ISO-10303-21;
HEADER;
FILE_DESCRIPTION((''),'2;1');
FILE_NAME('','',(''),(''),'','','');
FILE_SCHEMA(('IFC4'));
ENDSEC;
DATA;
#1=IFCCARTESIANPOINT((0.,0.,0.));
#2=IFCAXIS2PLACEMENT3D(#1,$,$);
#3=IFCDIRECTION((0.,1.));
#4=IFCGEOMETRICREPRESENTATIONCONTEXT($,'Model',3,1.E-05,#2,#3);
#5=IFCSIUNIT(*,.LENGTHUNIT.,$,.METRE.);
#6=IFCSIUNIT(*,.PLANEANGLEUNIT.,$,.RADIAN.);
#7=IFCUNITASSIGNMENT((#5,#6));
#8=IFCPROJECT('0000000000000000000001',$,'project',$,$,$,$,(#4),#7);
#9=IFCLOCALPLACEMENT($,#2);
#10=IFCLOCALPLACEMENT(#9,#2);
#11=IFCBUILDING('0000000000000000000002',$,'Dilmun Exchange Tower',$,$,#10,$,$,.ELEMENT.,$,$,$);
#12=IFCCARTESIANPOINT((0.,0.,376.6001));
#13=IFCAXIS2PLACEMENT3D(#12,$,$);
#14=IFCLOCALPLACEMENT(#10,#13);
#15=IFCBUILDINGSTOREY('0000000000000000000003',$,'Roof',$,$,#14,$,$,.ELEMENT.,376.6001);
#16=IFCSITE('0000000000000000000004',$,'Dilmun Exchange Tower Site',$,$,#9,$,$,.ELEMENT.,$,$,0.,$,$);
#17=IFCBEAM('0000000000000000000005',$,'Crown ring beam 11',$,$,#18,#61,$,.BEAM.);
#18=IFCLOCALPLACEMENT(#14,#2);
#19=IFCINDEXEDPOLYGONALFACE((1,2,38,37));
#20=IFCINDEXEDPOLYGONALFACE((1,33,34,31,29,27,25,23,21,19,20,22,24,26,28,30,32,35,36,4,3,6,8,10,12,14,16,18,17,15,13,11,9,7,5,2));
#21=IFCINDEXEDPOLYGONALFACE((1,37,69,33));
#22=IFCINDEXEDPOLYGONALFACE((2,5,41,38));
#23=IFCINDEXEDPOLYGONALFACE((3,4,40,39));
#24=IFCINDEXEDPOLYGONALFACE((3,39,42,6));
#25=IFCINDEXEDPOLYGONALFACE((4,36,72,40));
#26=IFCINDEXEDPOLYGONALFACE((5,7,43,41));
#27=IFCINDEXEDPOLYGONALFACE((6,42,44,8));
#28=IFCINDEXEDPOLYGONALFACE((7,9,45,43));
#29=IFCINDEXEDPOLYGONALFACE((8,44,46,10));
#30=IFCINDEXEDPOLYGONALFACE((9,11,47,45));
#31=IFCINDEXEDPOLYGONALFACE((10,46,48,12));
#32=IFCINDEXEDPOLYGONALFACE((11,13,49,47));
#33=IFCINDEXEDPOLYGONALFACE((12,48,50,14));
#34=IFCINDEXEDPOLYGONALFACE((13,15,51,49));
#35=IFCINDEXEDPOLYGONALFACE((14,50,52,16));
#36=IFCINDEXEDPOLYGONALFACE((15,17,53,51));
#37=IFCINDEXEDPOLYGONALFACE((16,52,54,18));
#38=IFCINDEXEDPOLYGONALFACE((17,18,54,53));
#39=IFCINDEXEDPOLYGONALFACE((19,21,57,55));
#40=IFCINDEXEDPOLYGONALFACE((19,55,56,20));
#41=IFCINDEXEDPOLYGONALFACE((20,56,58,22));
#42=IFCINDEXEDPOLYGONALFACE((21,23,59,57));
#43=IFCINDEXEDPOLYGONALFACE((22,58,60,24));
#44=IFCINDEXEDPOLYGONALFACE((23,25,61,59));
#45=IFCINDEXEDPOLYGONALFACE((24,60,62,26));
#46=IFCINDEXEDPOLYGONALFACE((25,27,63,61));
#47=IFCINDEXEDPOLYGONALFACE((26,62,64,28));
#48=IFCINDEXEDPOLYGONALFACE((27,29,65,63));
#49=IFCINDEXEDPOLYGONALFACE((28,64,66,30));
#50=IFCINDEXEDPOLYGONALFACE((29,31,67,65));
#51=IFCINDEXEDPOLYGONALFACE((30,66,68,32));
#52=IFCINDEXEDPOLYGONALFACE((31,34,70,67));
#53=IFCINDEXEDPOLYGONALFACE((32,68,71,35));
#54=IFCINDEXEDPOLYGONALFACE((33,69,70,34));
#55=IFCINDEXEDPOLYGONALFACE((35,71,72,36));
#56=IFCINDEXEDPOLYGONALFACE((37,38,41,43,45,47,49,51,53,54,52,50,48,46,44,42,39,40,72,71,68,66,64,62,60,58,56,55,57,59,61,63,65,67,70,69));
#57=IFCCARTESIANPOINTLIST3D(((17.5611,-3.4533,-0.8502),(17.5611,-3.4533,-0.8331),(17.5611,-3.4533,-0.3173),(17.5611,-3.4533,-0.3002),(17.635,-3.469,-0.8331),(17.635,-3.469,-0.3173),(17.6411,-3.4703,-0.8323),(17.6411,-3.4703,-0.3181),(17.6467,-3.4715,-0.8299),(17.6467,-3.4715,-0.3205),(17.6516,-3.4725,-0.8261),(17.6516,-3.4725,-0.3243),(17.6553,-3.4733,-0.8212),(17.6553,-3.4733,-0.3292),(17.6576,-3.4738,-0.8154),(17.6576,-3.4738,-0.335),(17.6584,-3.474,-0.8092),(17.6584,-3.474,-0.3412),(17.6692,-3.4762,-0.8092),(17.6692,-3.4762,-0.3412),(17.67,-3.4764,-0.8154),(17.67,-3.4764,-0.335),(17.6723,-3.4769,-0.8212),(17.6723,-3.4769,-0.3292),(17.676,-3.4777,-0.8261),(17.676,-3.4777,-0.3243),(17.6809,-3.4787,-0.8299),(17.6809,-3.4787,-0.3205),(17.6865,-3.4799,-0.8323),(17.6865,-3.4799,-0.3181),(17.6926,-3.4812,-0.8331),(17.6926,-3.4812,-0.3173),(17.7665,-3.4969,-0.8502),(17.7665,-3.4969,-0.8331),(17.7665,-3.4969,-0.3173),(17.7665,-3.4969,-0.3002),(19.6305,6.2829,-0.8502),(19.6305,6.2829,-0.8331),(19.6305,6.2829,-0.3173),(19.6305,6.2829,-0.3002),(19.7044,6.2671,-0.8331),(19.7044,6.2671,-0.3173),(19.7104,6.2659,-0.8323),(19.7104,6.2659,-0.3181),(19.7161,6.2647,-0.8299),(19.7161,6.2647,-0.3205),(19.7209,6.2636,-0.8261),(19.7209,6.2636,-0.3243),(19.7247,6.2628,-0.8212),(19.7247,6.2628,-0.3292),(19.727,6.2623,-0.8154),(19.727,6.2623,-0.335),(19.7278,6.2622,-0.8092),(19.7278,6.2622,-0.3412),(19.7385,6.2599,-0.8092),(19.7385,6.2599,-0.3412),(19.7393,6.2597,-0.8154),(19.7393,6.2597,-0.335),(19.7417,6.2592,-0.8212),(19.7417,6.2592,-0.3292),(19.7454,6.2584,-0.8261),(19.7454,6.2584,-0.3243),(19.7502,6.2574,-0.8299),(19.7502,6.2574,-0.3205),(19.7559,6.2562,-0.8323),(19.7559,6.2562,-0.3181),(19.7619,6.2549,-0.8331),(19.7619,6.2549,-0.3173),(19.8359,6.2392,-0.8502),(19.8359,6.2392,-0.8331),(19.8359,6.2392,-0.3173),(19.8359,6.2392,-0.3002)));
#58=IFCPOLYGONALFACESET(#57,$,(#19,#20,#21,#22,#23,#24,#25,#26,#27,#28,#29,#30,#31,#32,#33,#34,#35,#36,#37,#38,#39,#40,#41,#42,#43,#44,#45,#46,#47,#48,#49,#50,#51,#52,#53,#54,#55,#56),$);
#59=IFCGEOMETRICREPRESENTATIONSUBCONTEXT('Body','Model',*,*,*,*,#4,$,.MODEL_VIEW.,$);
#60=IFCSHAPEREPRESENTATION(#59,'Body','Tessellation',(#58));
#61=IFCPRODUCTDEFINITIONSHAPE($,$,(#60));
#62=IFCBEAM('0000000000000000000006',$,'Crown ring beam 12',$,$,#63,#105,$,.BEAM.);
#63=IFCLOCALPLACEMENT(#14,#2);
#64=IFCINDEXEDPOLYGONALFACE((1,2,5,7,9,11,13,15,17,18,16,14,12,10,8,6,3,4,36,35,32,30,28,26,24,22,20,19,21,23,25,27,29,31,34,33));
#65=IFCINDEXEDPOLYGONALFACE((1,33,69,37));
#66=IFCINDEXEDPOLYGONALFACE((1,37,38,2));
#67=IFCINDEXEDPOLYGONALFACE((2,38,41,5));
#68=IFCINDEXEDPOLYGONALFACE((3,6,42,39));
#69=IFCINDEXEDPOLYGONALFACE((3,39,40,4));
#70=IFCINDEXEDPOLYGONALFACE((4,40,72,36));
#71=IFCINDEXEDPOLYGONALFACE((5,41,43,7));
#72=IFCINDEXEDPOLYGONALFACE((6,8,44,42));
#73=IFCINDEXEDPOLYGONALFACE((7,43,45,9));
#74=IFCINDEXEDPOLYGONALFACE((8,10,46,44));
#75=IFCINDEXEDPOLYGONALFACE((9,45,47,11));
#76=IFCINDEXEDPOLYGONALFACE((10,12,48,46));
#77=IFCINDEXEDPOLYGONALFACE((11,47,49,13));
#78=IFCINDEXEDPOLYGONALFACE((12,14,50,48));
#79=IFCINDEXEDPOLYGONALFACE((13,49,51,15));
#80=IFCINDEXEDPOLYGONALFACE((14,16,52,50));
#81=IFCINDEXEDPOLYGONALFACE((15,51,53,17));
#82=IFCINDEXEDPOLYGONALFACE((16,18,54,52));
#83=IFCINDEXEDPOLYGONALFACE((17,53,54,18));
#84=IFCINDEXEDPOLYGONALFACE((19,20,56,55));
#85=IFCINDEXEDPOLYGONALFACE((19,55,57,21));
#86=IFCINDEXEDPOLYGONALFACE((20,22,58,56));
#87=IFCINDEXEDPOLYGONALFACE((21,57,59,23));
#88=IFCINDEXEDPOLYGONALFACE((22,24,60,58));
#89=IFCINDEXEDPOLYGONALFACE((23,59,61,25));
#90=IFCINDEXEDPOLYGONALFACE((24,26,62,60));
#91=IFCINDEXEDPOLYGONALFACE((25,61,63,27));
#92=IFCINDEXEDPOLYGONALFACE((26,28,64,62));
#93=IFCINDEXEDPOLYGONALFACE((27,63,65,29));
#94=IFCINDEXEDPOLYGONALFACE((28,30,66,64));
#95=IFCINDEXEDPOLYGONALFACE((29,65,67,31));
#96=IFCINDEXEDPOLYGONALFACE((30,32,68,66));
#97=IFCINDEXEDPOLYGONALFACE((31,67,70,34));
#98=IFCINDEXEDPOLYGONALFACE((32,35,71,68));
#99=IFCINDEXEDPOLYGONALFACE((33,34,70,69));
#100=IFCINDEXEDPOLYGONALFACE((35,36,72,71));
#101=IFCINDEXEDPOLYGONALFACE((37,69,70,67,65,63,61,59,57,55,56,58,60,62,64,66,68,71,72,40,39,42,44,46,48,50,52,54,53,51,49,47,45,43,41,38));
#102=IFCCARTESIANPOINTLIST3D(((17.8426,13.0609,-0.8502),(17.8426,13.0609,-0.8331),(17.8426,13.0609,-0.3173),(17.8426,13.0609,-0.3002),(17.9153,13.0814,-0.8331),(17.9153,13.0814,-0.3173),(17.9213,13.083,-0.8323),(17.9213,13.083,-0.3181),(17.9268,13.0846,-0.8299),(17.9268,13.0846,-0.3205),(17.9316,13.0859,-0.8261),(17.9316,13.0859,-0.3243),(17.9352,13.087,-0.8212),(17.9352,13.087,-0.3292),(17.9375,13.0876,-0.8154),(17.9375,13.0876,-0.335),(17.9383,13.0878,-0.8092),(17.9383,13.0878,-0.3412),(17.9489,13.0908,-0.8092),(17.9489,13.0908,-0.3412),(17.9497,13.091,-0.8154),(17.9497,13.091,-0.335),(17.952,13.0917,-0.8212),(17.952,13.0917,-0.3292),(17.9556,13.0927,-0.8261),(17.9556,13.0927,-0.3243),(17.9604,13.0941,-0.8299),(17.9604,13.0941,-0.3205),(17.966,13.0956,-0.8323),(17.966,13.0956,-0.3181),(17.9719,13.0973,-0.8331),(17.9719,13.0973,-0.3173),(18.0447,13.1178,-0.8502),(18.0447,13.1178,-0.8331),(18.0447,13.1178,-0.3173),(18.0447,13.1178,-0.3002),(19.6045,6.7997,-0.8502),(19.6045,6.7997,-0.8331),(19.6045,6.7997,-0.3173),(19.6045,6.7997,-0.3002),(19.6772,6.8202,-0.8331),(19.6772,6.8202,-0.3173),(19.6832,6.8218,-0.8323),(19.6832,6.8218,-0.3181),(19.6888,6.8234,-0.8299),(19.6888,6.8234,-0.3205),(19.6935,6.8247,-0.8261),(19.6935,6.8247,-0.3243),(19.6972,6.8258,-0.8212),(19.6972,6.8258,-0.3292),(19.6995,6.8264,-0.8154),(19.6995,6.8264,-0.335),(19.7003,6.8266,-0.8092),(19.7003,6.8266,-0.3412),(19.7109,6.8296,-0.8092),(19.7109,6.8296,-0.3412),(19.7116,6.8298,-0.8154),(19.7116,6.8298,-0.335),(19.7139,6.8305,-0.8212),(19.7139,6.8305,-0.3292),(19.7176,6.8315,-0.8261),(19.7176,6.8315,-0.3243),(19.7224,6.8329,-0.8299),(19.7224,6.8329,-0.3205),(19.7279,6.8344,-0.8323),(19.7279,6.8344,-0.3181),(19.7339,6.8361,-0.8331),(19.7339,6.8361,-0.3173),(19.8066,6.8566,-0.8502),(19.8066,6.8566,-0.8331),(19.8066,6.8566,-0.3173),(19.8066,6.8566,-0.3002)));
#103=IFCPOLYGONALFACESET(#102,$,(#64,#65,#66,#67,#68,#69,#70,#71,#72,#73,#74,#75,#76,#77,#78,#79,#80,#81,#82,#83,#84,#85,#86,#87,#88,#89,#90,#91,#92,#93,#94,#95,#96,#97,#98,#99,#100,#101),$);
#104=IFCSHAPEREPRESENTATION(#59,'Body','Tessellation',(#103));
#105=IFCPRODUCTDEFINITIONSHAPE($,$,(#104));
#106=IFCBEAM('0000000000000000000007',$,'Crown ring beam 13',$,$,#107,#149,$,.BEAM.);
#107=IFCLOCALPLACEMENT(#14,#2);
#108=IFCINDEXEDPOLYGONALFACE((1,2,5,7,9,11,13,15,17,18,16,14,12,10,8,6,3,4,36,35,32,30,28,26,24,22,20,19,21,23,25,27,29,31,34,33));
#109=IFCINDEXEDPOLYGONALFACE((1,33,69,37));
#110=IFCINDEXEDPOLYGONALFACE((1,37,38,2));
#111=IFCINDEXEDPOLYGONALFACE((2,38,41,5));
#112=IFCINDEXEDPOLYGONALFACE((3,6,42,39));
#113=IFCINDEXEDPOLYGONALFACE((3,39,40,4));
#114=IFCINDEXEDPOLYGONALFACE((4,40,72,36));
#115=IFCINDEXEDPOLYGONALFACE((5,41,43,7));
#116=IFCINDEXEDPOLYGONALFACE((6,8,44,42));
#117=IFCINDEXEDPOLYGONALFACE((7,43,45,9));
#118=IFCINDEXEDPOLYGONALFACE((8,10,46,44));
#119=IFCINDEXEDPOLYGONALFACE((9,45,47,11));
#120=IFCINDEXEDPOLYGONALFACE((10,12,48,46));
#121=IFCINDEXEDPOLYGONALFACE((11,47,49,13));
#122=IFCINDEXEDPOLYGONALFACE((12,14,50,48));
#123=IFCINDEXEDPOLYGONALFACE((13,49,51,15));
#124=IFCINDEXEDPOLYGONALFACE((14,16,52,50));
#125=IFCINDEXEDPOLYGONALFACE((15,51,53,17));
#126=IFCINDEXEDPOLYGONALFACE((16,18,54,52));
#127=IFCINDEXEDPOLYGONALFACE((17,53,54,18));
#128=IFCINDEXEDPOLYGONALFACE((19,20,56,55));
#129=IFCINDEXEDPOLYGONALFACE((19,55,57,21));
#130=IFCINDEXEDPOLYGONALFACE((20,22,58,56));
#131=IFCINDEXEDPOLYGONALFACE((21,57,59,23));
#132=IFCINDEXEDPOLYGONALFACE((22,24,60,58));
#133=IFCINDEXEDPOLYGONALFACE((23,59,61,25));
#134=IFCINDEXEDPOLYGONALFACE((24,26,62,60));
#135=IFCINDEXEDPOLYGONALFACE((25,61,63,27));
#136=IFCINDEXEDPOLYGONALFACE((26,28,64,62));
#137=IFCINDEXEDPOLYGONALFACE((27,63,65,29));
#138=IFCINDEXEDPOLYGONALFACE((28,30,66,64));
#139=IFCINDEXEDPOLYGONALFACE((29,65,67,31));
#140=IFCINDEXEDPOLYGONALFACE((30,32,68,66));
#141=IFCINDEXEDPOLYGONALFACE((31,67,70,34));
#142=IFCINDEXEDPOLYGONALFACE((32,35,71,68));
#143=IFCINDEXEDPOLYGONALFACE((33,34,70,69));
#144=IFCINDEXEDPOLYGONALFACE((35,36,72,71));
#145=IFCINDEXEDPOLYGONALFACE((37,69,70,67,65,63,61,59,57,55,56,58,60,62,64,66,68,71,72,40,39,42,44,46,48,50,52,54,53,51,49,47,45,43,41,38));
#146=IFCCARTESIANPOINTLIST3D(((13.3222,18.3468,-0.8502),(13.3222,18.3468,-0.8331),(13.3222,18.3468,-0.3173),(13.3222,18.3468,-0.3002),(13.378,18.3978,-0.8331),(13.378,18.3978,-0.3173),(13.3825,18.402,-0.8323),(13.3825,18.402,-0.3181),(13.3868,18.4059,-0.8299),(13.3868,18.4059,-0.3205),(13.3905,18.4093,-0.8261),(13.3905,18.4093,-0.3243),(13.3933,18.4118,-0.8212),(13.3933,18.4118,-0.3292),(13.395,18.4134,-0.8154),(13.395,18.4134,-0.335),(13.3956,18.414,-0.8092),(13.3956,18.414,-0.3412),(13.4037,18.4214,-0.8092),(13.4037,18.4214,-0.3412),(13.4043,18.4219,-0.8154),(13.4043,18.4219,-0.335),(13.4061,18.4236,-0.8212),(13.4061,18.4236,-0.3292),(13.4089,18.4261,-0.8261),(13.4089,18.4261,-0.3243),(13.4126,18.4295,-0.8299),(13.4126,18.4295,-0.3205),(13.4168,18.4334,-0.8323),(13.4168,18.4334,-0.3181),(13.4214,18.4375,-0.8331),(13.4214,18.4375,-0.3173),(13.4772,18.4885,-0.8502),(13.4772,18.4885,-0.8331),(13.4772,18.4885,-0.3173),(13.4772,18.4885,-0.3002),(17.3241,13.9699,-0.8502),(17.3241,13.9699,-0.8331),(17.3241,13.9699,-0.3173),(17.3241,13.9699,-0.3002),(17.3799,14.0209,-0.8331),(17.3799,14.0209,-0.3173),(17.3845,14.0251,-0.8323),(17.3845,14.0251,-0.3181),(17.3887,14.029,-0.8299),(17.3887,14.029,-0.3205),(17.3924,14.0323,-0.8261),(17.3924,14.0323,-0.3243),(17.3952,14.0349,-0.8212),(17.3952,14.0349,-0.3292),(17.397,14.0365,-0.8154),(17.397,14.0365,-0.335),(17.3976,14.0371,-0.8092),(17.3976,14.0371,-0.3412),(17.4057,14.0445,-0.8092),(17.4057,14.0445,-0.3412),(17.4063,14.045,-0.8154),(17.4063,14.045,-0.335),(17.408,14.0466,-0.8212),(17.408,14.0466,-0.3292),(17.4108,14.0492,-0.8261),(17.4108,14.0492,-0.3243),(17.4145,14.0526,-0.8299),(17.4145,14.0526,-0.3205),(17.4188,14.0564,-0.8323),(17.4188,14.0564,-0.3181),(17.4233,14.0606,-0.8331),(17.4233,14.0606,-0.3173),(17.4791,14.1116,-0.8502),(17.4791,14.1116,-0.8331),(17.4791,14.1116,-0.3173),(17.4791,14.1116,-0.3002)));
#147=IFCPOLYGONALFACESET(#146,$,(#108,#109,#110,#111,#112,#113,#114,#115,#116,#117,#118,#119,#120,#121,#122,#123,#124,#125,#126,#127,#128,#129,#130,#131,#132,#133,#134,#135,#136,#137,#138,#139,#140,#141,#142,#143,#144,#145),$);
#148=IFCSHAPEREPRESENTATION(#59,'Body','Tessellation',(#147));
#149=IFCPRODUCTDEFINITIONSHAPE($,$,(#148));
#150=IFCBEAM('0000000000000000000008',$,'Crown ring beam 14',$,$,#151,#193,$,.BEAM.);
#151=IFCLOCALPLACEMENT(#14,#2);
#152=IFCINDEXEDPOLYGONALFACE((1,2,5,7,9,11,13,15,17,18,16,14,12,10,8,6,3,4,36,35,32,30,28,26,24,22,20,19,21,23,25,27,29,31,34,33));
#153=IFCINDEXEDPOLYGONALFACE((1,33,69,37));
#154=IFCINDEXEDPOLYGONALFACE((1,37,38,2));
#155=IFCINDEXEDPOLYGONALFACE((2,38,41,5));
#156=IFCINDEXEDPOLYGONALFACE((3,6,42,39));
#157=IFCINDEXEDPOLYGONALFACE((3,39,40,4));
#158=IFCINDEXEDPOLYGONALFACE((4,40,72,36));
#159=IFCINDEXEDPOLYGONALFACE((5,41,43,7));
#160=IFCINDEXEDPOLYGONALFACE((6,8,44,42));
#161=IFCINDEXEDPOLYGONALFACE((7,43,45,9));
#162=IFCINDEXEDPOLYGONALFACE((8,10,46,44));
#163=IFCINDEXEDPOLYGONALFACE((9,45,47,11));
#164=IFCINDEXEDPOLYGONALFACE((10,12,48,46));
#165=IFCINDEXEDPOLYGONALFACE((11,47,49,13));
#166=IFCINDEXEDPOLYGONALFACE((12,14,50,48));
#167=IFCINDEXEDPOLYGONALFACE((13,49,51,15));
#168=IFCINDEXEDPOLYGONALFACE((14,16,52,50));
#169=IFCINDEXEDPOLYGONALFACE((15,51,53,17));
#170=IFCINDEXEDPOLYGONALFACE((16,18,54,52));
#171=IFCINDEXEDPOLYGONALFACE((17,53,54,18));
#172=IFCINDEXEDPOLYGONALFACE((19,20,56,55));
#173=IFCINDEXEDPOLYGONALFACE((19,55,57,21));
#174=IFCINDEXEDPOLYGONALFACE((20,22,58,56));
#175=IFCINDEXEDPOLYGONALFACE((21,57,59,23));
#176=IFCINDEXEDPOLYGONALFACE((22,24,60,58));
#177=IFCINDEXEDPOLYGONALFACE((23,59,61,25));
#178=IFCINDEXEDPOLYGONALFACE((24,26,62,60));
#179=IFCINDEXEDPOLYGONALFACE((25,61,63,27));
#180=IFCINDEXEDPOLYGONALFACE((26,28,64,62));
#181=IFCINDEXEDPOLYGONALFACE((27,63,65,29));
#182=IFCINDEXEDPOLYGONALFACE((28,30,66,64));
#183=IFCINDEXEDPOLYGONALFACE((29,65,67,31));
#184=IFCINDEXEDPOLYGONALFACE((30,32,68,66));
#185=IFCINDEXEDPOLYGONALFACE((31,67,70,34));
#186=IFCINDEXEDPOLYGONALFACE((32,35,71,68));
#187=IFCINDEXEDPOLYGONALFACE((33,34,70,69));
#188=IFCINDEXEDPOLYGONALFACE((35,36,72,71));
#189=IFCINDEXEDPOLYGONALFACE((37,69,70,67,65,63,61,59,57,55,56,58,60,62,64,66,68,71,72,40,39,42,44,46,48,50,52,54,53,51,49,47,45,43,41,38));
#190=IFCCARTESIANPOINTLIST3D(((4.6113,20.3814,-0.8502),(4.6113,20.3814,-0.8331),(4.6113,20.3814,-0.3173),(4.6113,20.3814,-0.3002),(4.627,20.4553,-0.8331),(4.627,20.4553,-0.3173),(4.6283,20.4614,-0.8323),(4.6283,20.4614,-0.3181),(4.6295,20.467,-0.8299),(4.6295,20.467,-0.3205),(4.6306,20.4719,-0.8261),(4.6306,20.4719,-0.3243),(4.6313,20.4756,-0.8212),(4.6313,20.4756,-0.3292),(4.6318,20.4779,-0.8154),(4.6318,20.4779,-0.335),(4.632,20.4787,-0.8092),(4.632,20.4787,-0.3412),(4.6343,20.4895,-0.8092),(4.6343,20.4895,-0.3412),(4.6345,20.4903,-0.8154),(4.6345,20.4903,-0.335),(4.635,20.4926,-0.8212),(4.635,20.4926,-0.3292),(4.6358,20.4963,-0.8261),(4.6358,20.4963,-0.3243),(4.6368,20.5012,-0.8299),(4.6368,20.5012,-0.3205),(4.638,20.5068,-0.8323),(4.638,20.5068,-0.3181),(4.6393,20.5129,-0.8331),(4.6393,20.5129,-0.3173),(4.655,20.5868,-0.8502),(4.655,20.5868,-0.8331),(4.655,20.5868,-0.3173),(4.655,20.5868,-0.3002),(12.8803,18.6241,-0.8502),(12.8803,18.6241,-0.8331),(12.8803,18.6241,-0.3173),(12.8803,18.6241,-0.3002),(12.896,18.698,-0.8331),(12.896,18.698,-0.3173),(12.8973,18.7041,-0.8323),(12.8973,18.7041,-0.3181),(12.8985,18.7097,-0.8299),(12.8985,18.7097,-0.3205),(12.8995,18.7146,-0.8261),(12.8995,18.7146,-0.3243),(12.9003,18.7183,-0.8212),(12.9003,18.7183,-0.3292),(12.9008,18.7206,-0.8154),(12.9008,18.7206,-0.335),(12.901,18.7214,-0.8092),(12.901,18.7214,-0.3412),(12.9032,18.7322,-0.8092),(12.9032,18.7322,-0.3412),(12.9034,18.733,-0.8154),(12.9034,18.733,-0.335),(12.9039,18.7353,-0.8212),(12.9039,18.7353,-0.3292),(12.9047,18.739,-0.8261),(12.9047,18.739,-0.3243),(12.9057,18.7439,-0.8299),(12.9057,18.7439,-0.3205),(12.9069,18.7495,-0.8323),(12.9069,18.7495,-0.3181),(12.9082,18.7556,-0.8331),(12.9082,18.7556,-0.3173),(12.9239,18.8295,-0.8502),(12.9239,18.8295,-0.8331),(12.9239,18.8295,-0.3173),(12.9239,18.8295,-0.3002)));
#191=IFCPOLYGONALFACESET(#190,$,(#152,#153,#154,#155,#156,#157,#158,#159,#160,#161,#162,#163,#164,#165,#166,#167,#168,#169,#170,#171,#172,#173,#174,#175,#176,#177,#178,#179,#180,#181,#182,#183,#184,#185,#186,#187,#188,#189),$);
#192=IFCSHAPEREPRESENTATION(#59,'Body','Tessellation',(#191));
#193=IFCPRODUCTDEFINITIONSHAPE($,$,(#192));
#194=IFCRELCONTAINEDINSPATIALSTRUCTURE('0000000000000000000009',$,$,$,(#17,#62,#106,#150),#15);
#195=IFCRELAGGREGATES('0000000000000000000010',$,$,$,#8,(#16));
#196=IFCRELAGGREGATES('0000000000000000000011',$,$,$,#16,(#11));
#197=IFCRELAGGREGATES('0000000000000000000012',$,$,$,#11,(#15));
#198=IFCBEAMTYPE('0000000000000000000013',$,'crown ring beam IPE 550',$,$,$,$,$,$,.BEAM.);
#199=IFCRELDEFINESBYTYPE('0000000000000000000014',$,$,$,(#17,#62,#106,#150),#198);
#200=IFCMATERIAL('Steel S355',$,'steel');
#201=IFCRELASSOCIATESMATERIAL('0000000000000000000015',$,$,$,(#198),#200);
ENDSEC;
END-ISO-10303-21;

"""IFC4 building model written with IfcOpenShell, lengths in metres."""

from ifc_helpers import new_model, si_unit, direction, frame, origin, origin_2d, place, context, subcontext, project, spatial, i_section, extrude, material, material_profile, profile_set, type_object, element, save


model = new_model("IFC4")

# Units and contexts
model_context = context("Model", 3, precision=1e-05, world=origin(), true_north=direction((0.0, 1.0)))
body_context = subcontext(model_context, "Body", "Model", "MODEL_VIEW")
ifc_project = project(units=[si_unit("LENGTHUNIT", "METRE"), si_unit("PLANEANGLEUNIT", "RADIAN")], contexts=[model_context])

# Site, building, storey
site_placement = place(None, origin())
site = spatial("IfcSite", under=ifc_project, at=site_placement, Name="Dilmun Exchange Tower Site", CompositionType="ELEMENT", RefElevation=0.0)
building_placement = place(site_placement, origin())
building = spatial("IfcBuilding", under=site, at=building_placement, Name="Dilmun Exchange Tower", CompositionType="ELEMENT")
storey_placement = place(building_placement, frame((0.0, 0.0, 376.6001)))
storey = spatial("IfcBuildingStorey", under=building, at=storey_placement, Name="Roof", CompositionType="ELEMENT", Elevation=376.6001)

# Beams
ifc_material_1 = material(Name="Steel S355", Category="steel")
ifc_material_profile_1 = material_profile(ifc_material_1, i_section(OverallWidth=0.21, OverallDepth=0.55, WebThickness=0.011, FlangeThickness=0.0171, FilletRadius=0.0239, at=origin_2d()), Name="IPE 550")
ifc_profile_set_1 = profile_set([ifc_material_profile_1], Name="Steel S355")
beam_type_1 = type_object("IfcBeamType", Name="crown ring beam IPE 550", PredefinedType="BEAM", material=ifc_profile_set_1)
for number, where, z_axis, x_axis, name in (
    (1, (17.6638, -3.4751, -0.5752), (0.207899, 0.97815, 0.0), (-0.97815, 0.207899, 0.0), "Crown ring beam 11"),
):
    element("IfcBeam", number, at=place(storey_placement, frame(where, z_axis=z_axis, x_axis=x_axis)), inside=storey, type_object=beam_type_1, Name=name, PredefinedType="BEAM", context=body_context, shape_type="SweptSolid", body=[
        extrude(i_section(OverallWidth=0.21, OverallDepth=0.55, WebThickness=0.011, FlangeThickness=0.0171, FilletRadius=0.0239, at=origin_2d()), origin(), (0.0, 0.0, 1.0), 9.9536),
    ])
beam_1_placement = place(storey_placement, frame((19.7056, 6.8281, -0.5752), z_axis=(-0.270887, 0.962611, 0.0), x_axis=(-0.962611, -0.270887, 0.0)))
element("IfcBeam", 2, at=beam_1_placement, inside=storey, type_object=beam_type_1, Name="Crown ring beam 12", PredefinedType="BEAM", context=body_context, shape_type="SweptSolid", body=[
    extrude(i_section(OverallWidth=0.21, OverallDepth=0.55, WebThickness=0.011, FlangeThickness=0.0171, FilletRadius=0.0239, at=origin_2d()), origin(), (0.0, 0.0, 1.0), 6.5044),
])
beam_2_placement = place(storey_placement, frame((17.4016, 14.0408, -0.5752), z_axis=(-0.674785, 0.738015, 0.0), x_axis=(-0.738015, -0.674785, 0.0)))
element("IfcBeam", 3, at=beam_2_placement, inside=storey, type_object=beam_type_1, Name="Crown ring beam 13", PredefinedType="BEAM", context=body_context, shape_type="SweptSolid", body=[
    extrude(i_section(OverallWidth=0.21, OverallDepth=0.55, WebThickness=0.011, FlangeThickness=0.0171, FilletRadius=0.0239, at=origin_2d()), origin(), (0.0, 0.0, 1.0), 5.9307),
])
for number, where, z_axis, x_axis, name in (
    (4, (12.9021, 18.7268, -0.5752), (-0.978155, 0.207876, 0.0), (-0.207876, -0.978155, 0.0), "Crown ring beam 14"),
):
    element("IfcBeam", number, at=place(storey_placement, frame(where, z_axis=z_axis, x_axis=x_axis)), inside=storey, type_object=beam_type_1, Name=name, PredefinedType="BEAM", context=body_context, shape_type="SweptSolid", body=[
        extrude(i_section(OverallWidth=0.21, OverallDepth=0.55, WebThickness=0.011, FlangeThickness=0.0171, FilletRadius=0.0239, at=origin_2d()), origin(), (0.0, 0.0, 1.0), 8.4536),
    ])

save(model, "model.ifc")
